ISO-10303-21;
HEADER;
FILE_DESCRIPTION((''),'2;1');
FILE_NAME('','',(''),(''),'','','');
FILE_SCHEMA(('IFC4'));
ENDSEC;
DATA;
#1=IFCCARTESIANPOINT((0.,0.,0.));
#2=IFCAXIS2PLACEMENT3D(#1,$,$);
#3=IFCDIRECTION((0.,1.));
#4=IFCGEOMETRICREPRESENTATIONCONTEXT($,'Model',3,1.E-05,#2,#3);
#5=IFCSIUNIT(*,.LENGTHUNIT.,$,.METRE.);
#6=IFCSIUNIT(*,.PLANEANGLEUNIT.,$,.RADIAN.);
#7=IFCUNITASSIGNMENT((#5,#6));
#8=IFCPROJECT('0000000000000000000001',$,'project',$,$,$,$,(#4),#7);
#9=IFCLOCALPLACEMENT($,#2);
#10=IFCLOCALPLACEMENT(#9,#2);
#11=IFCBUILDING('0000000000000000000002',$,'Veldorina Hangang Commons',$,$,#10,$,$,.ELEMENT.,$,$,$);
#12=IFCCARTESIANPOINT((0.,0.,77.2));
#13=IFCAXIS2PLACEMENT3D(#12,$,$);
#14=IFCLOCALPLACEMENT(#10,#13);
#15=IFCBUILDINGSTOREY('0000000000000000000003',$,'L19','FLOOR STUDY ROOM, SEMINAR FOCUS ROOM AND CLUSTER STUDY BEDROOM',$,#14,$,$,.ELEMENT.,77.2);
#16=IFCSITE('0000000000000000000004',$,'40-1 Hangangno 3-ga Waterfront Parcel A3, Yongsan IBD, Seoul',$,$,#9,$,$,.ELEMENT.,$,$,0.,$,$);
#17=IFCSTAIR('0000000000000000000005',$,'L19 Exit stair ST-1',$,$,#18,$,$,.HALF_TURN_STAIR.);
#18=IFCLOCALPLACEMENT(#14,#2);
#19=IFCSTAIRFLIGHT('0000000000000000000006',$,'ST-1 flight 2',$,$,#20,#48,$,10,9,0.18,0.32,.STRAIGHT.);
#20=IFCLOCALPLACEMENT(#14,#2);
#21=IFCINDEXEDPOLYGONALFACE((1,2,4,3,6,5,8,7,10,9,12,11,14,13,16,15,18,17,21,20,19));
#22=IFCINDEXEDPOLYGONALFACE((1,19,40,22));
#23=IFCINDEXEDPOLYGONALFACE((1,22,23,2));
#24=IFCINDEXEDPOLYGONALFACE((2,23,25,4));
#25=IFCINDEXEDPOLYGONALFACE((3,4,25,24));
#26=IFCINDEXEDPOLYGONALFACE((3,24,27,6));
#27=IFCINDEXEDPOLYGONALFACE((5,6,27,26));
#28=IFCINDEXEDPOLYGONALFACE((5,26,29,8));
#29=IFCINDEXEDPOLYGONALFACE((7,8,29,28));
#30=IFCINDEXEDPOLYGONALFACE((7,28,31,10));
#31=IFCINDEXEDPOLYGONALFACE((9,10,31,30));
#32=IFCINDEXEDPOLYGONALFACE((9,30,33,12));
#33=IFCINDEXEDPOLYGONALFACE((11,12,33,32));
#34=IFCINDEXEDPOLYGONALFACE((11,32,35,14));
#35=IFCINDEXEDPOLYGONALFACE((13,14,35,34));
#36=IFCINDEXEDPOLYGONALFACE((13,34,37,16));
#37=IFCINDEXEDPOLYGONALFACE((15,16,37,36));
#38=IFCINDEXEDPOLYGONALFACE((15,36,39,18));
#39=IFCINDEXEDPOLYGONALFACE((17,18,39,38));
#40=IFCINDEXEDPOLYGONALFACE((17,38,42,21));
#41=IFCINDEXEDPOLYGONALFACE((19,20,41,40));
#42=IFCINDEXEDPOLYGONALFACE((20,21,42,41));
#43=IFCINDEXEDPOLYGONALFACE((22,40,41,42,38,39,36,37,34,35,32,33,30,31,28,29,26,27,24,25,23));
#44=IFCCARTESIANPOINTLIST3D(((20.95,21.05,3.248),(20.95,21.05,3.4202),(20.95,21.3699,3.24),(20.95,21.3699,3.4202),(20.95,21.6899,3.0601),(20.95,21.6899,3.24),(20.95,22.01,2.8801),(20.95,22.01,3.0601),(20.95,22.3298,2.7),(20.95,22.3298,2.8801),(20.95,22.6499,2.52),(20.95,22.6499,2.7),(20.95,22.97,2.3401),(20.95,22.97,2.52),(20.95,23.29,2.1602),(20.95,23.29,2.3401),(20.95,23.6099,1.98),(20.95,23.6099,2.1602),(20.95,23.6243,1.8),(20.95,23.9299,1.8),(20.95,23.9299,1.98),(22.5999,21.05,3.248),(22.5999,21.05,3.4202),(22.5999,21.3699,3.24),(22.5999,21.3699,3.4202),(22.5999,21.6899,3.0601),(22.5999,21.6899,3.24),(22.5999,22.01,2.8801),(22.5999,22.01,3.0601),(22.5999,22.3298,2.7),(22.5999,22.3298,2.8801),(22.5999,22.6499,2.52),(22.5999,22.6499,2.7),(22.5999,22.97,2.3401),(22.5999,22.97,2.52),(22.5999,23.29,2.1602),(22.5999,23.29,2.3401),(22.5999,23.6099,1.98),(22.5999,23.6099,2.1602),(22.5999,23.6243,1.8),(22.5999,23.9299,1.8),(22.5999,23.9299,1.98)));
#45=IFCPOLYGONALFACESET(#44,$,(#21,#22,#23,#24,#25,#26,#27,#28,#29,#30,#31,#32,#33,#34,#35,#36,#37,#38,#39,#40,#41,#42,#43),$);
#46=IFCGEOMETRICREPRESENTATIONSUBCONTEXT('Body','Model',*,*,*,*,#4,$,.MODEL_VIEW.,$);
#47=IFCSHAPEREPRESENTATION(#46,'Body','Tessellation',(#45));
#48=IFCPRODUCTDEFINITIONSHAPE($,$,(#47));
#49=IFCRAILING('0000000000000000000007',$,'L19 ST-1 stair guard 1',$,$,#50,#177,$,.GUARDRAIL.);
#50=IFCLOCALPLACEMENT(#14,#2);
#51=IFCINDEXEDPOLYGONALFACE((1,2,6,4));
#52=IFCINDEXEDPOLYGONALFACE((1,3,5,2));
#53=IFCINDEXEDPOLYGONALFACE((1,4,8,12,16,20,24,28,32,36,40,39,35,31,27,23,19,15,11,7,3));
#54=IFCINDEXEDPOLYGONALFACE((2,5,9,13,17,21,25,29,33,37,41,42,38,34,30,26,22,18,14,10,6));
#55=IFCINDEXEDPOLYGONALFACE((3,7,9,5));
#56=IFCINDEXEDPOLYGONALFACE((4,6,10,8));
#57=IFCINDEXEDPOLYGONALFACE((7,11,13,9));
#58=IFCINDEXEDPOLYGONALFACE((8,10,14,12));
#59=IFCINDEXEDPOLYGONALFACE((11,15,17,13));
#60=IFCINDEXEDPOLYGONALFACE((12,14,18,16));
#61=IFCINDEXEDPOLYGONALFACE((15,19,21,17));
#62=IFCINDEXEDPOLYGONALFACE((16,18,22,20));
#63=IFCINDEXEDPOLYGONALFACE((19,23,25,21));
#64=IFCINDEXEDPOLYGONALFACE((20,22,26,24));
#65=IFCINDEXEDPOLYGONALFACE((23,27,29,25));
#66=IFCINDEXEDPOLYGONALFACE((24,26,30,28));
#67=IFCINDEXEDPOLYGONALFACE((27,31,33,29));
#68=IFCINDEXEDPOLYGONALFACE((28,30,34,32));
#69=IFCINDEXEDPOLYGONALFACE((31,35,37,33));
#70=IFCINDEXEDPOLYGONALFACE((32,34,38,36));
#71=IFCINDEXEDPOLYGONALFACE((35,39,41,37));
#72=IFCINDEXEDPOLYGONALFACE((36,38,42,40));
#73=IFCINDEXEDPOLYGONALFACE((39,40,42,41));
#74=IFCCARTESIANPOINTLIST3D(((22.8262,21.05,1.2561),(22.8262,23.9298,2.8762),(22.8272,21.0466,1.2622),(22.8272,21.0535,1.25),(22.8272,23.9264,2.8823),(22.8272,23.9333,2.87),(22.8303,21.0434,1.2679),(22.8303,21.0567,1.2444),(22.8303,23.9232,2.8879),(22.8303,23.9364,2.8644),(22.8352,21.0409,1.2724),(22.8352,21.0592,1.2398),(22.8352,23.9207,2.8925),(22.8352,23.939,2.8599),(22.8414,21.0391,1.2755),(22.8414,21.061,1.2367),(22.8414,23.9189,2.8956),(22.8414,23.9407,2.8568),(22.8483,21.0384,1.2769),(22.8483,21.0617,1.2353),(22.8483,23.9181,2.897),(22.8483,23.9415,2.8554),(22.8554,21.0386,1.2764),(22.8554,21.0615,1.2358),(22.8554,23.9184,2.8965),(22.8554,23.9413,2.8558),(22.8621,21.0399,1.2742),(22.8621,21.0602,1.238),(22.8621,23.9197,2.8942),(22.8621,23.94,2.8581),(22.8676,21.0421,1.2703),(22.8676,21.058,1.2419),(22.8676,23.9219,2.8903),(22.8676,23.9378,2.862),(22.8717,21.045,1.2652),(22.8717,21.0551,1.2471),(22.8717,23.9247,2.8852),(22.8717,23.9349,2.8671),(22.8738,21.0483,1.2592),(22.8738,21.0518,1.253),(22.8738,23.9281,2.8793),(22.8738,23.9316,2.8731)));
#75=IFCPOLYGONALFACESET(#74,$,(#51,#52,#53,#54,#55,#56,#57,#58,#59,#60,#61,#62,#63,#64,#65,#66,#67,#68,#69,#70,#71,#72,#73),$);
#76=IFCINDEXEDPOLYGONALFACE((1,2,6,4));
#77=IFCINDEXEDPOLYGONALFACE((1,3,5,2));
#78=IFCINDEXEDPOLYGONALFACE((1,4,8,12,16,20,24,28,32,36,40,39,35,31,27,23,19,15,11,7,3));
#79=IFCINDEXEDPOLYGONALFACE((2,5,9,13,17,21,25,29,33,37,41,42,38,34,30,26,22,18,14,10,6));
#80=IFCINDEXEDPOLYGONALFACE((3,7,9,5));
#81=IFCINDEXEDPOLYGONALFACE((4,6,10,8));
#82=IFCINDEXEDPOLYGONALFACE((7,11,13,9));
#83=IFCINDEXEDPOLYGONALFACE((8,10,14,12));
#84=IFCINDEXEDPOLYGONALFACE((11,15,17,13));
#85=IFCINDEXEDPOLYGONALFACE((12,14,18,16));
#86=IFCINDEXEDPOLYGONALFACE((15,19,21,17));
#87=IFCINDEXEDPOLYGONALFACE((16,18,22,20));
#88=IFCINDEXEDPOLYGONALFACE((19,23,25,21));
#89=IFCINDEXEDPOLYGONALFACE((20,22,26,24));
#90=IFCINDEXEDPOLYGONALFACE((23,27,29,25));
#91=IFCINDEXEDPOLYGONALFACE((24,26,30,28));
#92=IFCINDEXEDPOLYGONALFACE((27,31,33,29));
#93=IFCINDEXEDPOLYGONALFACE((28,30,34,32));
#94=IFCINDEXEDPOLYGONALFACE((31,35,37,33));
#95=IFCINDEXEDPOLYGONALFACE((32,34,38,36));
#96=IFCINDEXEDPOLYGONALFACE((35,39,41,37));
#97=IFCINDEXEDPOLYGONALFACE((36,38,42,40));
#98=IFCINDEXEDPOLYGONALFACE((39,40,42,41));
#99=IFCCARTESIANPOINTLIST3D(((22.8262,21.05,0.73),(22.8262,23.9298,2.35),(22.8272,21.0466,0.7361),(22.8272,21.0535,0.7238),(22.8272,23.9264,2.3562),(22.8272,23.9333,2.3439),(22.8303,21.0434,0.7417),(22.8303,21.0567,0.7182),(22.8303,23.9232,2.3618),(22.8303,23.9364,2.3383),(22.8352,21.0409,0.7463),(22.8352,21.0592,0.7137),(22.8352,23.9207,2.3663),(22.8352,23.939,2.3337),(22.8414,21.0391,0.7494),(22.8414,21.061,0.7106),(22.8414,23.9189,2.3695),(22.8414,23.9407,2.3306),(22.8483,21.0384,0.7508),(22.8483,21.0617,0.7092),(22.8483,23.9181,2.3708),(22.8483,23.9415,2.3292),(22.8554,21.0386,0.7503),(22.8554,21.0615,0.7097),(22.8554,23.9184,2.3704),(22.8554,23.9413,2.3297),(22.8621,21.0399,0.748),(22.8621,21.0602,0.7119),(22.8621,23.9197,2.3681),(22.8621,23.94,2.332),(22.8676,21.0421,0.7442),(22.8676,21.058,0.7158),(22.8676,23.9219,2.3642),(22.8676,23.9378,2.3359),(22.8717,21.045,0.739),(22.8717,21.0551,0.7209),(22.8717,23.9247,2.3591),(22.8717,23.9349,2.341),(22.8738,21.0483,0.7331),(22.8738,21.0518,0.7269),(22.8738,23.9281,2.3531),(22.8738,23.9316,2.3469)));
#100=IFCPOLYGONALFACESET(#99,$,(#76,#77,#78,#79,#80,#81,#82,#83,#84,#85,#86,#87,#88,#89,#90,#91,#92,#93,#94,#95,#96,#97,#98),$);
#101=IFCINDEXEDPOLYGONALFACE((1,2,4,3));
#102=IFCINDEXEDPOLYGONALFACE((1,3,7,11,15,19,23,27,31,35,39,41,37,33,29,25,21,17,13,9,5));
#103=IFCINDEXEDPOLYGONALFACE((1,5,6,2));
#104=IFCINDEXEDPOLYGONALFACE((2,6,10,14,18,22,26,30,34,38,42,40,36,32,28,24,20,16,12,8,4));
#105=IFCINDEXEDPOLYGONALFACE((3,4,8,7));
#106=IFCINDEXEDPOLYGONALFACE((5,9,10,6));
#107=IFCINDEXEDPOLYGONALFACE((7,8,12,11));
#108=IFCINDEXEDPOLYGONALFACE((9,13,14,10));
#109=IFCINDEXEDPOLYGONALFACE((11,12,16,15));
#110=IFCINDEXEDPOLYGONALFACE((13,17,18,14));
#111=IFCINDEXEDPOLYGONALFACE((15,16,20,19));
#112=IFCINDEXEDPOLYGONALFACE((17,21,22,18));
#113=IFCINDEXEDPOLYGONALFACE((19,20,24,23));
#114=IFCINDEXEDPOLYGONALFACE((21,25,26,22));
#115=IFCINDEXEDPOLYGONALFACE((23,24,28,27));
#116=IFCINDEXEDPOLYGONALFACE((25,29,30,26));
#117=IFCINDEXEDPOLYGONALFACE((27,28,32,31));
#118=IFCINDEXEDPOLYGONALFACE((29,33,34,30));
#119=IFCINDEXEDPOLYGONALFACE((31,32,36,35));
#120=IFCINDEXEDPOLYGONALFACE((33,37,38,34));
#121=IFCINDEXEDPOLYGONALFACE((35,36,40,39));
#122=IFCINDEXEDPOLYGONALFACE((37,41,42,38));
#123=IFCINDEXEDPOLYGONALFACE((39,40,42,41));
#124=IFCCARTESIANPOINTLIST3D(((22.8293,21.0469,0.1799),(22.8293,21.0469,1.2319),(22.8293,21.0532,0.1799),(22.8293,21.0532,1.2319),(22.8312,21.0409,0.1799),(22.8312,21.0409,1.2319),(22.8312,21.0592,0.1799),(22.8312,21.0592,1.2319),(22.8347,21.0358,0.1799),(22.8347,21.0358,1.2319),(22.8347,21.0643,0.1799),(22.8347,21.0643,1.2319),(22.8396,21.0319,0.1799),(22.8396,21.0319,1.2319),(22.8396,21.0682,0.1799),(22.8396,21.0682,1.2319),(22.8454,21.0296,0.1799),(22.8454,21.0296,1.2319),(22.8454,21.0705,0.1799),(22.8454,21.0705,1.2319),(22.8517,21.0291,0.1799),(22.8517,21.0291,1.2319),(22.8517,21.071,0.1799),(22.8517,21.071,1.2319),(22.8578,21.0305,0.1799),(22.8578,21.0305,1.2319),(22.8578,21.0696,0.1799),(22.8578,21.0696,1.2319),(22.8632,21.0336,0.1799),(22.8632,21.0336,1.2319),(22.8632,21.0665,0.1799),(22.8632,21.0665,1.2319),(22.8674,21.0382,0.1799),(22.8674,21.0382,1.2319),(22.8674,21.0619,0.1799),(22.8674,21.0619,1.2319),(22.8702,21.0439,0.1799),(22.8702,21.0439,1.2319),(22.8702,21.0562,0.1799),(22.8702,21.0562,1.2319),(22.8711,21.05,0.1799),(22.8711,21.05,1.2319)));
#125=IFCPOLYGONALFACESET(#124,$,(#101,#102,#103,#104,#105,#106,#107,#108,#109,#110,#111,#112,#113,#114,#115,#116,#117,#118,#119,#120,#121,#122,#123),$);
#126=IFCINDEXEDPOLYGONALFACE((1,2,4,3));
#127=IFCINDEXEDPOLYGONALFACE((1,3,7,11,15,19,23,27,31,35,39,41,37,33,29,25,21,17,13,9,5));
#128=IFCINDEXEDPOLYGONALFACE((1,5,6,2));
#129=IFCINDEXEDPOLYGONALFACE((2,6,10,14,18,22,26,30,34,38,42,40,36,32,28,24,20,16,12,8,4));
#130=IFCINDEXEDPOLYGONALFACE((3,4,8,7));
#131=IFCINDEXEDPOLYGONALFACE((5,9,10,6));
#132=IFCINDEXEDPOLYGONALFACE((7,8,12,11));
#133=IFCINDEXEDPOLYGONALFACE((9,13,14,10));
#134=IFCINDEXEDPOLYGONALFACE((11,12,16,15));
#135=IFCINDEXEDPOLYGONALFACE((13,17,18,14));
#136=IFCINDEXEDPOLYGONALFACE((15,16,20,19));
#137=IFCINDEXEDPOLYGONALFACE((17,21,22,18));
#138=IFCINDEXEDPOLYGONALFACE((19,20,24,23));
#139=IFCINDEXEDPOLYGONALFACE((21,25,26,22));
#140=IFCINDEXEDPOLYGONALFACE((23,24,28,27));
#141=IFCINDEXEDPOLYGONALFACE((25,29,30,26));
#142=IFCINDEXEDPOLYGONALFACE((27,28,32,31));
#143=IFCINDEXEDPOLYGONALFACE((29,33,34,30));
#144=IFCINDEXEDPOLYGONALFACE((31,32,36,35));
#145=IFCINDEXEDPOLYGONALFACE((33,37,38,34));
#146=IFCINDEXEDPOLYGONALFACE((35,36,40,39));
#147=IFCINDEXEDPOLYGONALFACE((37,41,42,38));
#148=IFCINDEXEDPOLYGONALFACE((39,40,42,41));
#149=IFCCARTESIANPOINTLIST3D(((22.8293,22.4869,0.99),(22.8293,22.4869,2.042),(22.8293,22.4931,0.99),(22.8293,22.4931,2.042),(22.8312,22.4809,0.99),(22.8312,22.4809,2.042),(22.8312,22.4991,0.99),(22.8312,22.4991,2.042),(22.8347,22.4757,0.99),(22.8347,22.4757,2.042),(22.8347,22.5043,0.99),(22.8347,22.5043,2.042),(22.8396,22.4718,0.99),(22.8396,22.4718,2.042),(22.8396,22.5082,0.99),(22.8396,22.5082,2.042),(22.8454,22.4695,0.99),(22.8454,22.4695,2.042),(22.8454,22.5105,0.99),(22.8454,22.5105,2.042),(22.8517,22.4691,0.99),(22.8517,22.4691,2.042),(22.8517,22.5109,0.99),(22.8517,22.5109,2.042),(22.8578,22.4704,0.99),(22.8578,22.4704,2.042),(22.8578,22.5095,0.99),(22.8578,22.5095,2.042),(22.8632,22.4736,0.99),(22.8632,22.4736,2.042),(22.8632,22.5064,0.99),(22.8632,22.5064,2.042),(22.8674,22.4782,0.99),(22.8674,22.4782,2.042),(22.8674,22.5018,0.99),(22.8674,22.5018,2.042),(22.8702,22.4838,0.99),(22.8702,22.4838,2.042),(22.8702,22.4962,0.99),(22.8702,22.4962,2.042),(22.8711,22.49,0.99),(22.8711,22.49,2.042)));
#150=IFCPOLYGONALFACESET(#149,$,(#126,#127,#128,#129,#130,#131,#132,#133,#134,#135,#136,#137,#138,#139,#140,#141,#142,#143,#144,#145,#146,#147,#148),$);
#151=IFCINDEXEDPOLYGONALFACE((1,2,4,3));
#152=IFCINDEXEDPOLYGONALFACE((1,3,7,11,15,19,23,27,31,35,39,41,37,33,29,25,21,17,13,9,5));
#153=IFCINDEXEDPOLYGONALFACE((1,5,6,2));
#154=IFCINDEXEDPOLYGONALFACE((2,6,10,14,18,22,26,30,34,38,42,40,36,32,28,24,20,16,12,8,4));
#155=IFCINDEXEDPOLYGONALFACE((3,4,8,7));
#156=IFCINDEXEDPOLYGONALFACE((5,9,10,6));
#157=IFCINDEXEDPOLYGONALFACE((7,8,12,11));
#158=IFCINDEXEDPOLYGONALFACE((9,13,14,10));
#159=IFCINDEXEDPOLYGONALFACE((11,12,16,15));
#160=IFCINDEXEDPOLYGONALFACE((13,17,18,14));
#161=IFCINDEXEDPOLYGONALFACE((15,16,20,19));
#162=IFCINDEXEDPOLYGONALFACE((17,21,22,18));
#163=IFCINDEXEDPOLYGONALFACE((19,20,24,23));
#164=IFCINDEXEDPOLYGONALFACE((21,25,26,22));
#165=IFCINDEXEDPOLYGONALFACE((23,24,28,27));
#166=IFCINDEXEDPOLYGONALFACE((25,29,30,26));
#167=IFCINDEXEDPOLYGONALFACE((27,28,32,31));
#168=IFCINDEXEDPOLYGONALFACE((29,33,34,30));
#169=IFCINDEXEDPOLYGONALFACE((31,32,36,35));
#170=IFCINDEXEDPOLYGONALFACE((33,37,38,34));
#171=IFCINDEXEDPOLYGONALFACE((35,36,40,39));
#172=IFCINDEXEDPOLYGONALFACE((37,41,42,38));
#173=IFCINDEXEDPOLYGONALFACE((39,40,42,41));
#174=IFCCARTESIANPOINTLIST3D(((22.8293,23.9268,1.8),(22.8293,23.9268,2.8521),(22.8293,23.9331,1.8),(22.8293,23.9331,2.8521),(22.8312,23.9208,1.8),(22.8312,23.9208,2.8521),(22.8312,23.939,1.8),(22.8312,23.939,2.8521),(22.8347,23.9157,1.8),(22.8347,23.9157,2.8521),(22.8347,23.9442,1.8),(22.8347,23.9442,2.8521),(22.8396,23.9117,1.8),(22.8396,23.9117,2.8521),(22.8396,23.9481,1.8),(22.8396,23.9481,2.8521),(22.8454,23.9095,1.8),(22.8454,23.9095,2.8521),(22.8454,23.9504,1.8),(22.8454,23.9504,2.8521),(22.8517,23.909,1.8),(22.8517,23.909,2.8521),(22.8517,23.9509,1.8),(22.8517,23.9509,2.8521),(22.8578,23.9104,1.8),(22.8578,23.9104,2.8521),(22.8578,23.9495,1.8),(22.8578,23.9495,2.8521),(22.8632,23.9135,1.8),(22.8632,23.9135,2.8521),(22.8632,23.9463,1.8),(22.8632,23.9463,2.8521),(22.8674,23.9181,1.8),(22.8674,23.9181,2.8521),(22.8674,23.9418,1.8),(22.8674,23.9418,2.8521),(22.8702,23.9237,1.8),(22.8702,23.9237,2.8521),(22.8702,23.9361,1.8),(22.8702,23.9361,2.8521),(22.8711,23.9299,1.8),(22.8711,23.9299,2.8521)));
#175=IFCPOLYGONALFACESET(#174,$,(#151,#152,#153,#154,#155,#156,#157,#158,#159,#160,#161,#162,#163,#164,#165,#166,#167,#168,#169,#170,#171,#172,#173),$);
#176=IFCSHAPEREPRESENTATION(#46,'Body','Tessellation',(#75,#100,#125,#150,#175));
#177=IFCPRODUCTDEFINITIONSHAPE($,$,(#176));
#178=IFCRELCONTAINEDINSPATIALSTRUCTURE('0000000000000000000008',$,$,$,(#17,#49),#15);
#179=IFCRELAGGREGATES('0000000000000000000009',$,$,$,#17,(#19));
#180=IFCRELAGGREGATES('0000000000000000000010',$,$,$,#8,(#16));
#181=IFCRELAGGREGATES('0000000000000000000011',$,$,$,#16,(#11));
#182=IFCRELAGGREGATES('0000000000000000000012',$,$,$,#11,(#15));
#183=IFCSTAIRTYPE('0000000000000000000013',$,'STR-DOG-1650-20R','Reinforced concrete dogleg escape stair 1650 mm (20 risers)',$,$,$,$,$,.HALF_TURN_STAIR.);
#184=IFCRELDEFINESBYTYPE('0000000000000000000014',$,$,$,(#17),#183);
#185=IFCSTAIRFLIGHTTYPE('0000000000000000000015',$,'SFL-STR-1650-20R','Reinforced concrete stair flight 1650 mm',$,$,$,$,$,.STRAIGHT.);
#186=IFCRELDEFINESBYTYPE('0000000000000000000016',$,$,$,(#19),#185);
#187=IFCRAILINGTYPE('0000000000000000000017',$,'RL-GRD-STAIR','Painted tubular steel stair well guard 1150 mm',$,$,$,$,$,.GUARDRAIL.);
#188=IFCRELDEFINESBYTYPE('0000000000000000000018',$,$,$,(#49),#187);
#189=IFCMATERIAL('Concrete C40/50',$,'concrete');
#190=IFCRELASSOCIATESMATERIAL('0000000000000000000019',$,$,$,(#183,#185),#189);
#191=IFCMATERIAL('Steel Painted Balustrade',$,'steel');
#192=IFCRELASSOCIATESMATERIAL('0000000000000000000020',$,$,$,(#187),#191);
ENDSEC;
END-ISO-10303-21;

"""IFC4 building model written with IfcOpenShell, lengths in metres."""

from ifc_helpers import new_model, si_unit, direction, frame, origin, origin_2d, place, context, subcontext, project, spatial, polyline, circle, outline, extrude, material, type_object, element, aggregate, save


model = new_model("IFC4")

# Units and contexts
model_context = context("Model", 3, precision=1e-05, world=origin(), true_north=direction((0.0, 1.0)))
body_context = subcontext(model_context, "Body", "Model", "MODEL_VIEW")
ifc_project = project(units=[si_unit("LENGTHUNIT", "METRE"), si_unit("PLANEANGLEUNIT", "RADIAN")], contexts=[model_context])

# Site, building, storey
site_placement = place(None, origin())
site = spatial("IfcSite", under=ifc_project, at=site_placement, Name="40-1 Hangangno 3-ga Waterfront Parcel A3, Yongsan IBD, Seoul", CompositionType="ELEMENT", RefElevation=0.0)
building_placement = place(site_placement, origin())
building = spatial("IfcBuilding", under=site, at=building_placement, Name="Veldorina Hangang Commons", CompositionType="ELEMENT")
storey_placement = place(building_placement, frame((0.0, 0.0, 77.2)))
storey = spatial("IfcBuildingStorey", under=building, at=storey_placement, Name="L19", Description="FLOOR STUDY ROOM, SEMINAR FOCUS ROOM AND CLUSTER STUDY BEDROOM", CompositionType="ELEMENT", Elevation=77.2)

# Stair, stair flight
ifc_material_1 = material(Name="Concrete C40/50", Category="concrete")
stair_type = type_object("IfcStairType", Name="STR-DOG-1650-20R", Description="Reinforced concrete dogleg escape stair 1650 mm (20 risers)", PredefinedType="HALF_TURN_STAIR", material=ifc_material_1)
stair_placement = place(storey_placement, origin())
stair = element("IfcStair", 1, at=stair_placement, inside=storey, type_object=stair_type, Name="L19 Exit stair ST-1", PredefinedType="HALF_TURN_STAIR")
stair_flight_type = type_object("IfcStairFlightType", Name="SFL-STR-1650-20R", Description="Reinforced concrete stair flight 1650 mm", PredefinedType="STRAIGHT", material=ifc_material_1)
stair_flight_1_placement = place(storey_placement, frame((21.7749, 23.9299, 1.8), z_axis=(0.0, 0.0, 1.0), x_axis=(0.0, -1.0, 0.0)))
stair_flight_1 = element("IfcStairFlight", 2, at=stair_flight_1_placement, type_object=stair_flight_type, Name="ST-1 flight 2", NumberOfRisers=10, NumberOfTreads=9, PredefinedType="STRAIGHT", RiserHeight=0.18, TreadLength=0.32, context=body_context, shape_type="SweptSolid", body=[
    extrude(outline(polyline([(0.0, 0.0), (0.0, 0.1799), (0.3201, 0.1799), (0.3201, 0.3601), (0.6399, 0.3601), (0.6399, 0.54), (0.96, 0.54), (0.96, 0.72), (1.28, 0.72), (1.28, 0.8999), (1.6001, 0.8999), (1.6001, 1.0801), (1.9199, 1.0801), (1.9199, 1.26), (2.24, 1.26), (2.24, 1.4399), (2.5601, 1.4399), (2.5601, 1.6201), (2.8799, 1.6201), (2.8799, 1.8), (2.8799, 1.448), (0.3057, 0.0), (0.0, 0.0)])), frame((0.0, 0.825, 0.0), z_axis=(0.0, -1.0, 0.0), x_axis=(1.0, 0.0, 0.0)), (0.0, 0.0, 1.0), 1.6499),
])
aggregate(stair, [stair_flight_1])

# Railing
ifc_material_2 = material(Name="Steel Painted Balustrade", Category="steel")
railing_type_1 = type_object("IfcRailingType", Name="RL-GRD-STAIR", Description="Painted tubular steel stair well guard 1150 mm", PredefinedType="GUARDRAIL", material=ifc_material_2)
railing_1_placement = place(storey_placement, frame((22.8501, 21.05, 0.1799)))
element("IfcRailing", 3, at=railing_1_placement, inside=storey, type_object=railing_type_1, Name="L19 ST-1 stair guard 1", PredefinedType="GUARDRAIL", context=body_context, shape_type="SweptSolid", body=[
    extrude(circle(Radius=0.0239, at=origin_2d()), frame((0.0, 0.0, 1.0762), z_axis=(0.0, 0.871552, 0.490303), x_axis=(-1.0, 0.0, 0.0)), (0.0, 0.0, 1.0), 3.3042),
    extrude(circle(Radius=0.0239, at=origin_2d()), frame((0.0, 0.0, 0.55), z_axis=(0.0, 0.871552, 0.490303), x_axis=(-1.0, 0.0, 0.0)), (0.0, 0.0, 1.0), 3.3042),
    extrude(circle(Radius=0.021, at=origin_2d()), origin(), (0.0, 0.0, 1.0), 1.052),
    extrude(circle(Radius=0.021, at=origin_2d()), frame((0.0, 1.4399, 0.8101)), (0.0, 0.0, 1.0), 1.052),
    extrude(circle(Radius=0.021, at=origin_2d()), frame((0.0, 2.8799, 1.6201)), (0.0, 0.0, 1.0), 1.052),
])

save(model, "model.ifc")
